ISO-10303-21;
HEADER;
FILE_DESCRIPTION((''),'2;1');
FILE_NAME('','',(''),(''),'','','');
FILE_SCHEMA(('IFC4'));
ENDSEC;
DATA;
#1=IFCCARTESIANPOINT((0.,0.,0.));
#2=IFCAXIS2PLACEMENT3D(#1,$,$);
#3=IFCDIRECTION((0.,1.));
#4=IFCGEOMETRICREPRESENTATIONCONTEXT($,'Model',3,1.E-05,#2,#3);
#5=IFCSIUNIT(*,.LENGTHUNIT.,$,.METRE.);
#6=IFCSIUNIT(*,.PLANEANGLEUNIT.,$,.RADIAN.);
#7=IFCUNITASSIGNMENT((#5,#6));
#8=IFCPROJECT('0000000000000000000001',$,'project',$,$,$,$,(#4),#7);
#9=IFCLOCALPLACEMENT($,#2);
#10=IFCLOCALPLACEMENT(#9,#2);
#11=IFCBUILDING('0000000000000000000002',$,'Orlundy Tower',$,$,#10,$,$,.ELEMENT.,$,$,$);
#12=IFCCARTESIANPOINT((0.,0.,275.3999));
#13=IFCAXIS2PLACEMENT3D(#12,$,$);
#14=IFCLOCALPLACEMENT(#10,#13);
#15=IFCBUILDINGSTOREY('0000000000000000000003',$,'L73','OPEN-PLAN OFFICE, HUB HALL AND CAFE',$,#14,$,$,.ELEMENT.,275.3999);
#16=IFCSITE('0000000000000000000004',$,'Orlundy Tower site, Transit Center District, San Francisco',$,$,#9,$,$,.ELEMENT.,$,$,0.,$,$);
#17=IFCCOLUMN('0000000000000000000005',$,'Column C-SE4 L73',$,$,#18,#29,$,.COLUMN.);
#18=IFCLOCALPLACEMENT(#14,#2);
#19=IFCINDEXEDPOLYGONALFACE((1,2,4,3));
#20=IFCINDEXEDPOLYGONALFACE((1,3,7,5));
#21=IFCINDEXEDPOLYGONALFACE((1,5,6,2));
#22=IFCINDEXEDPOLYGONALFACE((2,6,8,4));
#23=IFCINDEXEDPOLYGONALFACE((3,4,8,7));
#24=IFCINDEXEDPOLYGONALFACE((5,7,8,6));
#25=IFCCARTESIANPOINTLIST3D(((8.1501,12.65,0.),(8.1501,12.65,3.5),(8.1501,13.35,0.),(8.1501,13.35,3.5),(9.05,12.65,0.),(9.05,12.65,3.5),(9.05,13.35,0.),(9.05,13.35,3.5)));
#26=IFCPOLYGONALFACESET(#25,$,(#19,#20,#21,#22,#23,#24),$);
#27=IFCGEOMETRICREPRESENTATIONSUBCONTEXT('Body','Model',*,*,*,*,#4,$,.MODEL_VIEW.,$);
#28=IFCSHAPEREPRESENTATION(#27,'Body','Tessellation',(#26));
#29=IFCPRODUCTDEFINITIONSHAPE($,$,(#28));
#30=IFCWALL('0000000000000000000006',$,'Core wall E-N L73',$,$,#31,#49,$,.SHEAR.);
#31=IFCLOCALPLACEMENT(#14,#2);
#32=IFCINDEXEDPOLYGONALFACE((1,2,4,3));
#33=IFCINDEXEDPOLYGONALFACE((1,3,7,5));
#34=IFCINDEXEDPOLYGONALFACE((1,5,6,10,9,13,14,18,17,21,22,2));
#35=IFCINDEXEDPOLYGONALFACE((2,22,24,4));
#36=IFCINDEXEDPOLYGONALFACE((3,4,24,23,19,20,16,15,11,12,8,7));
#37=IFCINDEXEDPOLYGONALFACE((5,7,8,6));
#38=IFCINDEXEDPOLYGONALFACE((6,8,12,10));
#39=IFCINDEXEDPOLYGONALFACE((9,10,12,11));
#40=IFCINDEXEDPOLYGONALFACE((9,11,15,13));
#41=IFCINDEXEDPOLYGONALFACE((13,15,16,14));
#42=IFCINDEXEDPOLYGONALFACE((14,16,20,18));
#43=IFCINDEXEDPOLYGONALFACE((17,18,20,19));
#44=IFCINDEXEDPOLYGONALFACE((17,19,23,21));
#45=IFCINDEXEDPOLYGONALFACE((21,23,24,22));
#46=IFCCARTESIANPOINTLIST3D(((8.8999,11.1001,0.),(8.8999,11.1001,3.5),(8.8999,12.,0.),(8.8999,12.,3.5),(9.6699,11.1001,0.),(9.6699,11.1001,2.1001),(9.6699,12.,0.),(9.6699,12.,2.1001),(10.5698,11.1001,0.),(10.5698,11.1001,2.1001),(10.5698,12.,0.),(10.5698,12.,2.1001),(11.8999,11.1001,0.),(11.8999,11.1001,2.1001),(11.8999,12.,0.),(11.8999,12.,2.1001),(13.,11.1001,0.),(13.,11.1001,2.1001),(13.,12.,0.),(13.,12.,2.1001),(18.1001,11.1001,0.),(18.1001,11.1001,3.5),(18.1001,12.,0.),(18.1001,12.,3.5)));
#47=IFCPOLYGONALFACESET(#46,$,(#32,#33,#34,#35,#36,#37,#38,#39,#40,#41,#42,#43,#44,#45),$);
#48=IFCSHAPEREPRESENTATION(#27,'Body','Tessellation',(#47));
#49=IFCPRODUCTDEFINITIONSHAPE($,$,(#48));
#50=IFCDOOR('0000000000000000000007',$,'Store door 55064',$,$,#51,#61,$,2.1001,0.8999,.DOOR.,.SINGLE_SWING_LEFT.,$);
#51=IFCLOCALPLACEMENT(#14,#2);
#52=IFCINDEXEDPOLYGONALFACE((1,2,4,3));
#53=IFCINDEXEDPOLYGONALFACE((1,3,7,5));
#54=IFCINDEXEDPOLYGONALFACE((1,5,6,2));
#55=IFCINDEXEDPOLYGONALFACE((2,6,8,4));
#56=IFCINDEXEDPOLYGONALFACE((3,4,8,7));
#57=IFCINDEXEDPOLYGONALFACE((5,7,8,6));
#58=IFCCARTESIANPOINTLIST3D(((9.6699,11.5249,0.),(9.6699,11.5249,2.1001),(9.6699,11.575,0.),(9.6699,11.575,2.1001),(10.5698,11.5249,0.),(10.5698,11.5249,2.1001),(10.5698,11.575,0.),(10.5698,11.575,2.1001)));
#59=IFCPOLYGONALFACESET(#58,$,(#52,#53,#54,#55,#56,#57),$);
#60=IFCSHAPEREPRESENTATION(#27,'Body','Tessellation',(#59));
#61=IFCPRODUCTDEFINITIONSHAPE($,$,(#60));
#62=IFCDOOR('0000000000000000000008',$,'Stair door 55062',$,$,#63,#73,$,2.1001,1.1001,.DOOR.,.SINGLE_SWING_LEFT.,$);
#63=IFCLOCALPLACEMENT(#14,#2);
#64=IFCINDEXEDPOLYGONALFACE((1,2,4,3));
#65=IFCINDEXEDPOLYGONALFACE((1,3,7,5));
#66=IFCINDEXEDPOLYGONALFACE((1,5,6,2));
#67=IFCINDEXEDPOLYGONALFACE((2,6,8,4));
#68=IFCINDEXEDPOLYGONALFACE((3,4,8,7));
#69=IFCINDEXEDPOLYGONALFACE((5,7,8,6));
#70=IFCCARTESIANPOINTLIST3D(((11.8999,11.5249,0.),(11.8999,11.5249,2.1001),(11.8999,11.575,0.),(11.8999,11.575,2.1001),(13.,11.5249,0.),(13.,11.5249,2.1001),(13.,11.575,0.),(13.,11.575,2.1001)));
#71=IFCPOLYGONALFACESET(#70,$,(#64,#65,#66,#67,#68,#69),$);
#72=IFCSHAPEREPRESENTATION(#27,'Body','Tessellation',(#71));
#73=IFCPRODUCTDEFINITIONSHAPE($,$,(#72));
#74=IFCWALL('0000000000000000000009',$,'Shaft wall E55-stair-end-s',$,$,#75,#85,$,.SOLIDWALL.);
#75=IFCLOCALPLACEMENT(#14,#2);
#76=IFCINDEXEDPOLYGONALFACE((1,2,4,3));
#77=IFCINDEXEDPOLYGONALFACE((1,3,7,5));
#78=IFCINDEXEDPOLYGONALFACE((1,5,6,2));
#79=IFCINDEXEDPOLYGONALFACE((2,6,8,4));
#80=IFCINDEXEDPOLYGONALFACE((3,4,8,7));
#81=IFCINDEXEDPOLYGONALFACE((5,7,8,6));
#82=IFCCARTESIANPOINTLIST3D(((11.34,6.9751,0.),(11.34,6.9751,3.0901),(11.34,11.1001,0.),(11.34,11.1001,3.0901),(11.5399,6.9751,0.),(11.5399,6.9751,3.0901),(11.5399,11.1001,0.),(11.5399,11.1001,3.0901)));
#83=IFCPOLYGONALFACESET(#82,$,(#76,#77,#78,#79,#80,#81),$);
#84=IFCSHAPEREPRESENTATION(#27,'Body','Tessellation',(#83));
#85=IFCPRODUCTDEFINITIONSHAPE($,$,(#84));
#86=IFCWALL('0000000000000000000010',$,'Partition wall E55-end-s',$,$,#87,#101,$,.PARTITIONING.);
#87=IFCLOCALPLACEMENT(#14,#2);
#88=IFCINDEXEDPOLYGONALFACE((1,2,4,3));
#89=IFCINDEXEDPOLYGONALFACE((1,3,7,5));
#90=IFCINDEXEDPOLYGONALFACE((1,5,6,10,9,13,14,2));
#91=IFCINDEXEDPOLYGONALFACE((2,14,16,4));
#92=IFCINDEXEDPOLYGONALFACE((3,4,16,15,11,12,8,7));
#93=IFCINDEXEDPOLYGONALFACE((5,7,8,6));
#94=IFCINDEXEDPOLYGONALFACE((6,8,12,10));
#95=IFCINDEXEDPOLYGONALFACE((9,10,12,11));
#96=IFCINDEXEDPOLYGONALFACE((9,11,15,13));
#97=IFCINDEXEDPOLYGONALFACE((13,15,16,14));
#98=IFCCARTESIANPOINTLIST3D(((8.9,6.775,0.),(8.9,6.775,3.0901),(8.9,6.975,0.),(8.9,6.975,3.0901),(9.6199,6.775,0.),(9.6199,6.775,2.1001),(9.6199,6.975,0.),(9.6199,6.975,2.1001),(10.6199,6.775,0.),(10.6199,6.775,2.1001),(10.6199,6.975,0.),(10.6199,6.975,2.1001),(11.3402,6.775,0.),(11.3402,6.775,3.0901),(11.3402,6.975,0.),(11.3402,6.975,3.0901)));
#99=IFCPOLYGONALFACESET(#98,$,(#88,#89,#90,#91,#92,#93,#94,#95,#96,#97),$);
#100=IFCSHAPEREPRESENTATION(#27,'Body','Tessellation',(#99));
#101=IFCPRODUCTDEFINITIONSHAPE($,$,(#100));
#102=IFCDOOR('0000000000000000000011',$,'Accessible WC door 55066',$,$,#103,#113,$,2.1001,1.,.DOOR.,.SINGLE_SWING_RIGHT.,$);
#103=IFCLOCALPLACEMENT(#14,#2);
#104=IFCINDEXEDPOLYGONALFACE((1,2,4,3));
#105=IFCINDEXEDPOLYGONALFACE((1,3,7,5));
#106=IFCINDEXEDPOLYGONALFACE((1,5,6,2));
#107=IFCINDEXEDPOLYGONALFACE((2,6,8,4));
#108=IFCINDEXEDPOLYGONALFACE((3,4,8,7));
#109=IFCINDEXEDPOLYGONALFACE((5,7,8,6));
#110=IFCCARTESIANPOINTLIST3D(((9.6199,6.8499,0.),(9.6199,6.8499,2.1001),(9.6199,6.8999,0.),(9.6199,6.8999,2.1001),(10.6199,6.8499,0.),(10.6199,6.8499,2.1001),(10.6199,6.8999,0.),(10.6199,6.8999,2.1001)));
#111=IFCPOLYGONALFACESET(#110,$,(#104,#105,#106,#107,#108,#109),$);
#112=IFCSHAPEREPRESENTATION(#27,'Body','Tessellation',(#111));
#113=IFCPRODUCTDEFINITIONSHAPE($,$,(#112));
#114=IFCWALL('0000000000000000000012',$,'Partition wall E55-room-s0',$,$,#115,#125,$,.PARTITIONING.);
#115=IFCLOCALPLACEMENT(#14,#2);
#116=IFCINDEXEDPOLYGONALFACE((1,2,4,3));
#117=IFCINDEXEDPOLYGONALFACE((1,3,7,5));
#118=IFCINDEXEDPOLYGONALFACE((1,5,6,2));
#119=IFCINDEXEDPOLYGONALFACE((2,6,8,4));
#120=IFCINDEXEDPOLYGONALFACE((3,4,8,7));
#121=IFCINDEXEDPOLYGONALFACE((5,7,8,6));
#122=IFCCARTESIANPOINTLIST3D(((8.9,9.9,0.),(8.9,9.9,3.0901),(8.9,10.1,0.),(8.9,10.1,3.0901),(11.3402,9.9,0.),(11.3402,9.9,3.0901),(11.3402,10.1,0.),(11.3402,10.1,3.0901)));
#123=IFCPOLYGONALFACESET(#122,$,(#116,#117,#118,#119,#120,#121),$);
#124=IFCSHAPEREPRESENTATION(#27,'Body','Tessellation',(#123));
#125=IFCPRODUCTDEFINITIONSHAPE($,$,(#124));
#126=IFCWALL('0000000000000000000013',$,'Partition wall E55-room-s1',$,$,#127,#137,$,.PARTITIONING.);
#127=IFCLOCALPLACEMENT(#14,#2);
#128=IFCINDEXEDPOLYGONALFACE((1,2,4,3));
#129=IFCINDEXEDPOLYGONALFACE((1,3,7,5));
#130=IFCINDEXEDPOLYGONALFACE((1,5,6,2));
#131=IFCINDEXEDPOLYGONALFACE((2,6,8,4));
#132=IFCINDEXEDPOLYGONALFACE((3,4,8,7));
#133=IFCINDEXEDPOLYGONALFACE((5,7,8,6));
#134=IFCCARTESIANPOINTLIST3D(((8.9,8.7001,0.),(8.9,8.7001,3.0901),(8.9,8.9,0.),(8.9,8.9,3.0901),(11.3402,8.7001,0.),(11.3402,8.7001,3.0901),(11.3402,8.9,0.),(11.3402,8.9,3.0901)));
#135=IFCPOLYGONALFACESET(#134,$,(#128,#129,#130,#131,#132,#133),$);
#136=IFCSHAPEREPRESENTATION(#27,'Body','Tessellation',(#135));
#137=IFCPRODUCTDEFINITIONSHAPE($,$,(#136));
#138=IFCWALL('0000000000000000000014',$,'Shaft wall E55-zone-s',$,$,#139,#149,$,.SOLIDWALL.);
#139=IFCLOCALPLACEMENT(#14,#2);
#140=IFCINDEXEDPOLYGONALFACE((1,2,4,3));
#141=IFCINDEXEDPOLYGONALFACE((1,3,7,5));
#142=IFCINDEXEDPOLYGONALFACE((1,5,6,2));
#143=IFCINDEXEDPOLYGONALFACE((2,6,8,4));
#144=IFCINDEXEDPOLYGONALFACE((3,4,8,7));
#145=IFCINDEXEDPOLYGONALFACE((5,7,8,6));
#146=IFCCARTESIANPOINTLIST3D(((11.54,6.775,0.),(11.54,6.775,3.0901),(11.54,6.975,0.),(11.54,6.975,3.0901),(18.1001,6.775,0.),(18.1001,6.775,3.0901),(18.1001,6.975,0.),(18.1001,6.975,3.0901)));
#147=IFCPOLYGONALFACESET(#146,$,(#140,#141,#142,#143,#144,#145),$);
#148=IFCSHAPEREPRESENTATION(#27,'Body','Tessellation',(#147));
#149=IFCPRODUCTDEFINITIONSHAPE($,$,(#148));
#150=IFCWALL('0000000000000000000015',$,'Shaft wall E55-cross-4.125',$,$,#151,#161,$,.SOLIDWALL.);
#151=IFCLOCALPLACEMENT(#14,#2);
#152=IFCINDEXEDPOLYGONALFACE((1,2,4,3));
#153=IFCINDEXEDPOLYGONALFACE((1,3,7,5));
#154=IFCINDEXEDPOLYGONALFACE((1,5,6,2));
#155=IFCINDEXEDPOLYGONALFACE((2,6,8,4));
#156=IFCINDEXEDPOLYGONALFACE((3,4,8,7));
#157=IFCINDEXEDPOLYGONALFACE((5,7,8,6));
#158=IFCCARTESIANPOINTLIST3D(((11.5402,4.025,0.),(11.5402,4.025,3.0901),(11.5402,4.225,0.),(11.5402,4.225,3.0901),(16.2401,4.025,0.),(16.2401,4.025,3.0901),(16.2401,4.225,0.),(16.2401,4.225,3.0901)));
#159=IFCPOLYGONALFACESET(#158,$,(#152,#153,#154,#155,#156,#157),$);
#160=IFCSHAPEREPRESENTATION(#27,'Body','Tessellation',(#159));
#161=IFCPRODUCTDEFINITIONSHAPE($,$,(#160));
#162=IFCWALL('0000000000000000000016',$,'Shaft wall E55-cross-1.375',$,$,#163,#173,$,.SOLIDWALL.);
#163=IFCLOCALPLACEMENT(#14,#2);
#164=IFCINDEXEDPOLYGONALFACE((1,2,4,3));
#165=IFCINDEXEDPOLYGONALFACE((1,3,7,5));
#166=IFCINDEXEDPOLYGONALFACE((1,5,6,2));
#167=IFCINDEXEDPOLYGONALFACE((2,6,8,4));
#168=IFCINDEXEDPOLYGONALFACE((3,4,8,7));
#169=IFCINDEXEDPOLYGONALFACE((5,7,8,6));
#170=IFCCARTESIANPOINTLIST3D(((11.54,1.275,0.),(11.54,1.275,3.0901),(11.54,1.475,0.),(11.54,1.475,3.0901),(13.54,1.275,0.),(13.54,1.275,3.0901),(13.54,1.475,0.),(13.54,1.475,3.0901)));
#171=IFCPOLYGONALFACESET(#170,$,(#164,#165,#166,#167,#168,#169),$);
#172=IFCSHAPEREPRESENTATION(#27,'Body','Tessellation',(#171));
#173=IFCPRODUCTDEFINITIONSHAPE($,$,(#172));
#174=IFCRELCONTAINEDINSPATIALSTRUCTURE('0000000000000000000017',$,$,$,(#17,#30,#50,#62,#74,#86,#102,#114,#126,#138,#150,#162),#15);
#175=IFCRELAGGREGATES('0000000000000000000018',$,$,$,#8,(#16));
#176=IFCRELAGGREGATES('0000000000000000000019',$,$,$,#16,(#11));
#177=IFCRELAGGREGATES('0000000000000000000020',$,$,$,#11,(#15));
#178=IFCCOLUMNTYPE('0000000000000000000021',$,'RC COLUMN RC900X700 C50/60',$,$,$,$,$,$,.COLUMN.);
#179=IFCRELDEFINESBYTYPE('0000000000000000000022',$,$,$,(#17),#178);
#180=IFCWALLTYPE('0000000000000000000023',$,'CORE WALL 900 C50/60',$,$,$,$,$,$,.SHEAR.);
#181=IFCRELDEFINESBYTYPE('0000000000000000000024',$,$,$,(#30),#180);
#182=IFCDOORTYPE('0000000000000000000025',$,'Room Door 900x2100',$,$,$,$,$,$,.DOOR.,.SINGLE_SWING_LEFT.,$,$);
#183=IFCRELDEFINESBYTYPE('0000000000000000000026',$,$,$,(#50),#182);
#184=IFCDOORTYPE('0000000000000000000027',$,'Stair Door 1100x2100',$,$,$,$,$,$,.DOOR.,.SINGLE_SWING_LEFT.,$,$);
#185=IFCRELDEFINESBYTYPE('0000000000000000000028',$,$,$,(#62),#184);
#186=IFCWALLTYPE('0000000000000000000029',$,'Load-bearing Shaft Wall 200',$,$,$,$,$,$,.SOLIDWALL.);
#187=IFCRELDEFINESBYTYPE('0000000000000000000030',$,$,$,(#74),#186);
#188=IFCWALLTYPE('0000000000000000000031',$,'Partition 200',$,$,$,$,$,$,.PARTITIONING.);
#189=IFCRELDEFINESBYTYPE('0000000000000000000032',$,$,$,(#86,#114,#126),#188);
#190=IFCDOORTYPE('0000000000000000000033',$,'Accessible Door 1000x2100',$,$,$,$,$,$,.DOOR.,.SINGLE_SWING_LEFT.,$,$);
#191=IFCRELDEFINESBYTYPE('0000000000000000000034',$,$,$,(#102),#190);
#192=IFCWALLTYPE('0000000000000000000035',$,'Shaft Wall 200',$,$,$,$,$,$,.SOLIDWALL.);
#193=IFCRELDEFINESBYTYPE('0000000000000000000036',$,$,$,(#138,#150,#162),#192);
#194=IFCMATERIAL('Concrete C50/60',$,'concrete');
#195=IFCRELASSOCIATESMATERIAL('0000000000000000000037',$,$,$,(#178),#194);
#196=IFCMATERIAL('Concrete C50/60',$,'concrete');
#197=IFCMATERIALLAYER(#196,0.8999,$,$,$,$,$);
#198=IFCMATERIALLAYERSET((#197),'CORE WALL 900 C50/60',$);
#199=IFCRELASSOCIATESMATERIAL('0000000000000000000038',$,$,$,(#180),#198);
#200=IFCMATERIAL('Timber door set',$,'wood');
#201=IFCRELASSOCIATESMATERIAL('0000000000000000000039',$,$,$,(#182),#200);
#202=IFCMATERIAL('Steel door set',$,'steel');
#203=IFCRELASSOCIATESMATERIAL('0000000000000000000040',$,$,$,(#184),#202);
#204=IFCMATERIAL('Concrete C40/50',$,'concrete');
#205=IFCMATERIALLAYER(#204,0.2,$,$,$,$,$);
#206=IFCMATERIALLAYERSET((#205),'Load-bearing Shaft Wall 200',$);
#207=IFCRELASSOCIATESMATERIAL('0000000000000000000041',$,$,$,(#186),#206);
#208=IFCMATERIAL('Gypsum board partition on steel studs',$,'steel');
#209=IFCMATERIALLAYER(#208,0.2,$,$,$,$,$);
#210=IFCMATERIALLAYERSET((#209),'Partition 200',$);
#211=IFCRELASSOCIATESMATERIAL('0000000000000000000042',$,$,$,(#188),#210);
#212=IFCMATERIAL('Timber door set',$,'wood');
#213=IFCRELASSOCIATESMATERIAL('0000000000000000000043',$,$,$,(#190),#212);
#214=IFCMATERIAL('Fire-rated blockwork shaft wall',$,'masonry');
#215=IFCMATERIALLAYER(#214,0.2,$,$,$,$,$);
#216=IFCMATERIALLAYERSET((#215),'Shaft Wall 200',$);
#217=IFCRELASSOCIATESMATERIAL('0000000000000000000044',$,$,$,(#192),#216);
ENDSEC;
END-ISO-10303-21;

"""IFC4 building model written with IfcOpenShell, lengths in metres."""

from ifc_helpers import new_model, si_unit, direction, frame, frame_2d, origin, origin_2d, place, context, subcontext, project, spatial, rectangle, extrude, material, layer, layer_set, material_profile, profile_set, type_object, element, fill, save


model = new_model("IFC4")

# Units and contexts
model_context = context("Model", 3, precision=1e-05, world=origin(), true_north=direction((0.0, 1.0)))
body_context = subcontext(model_context, "Body", "Model", "MODEL_VIEW")
ifc_project = project(units=[si_unit("LENGTHUNIT", "METRE"), si_unit("PLANEANGLEUNIT", "RADIAN")], contexts=[model_context])

# Site, building, storey
site_placement = place(None, origin())
site = spatial("IfcSite", under=ifc_project, at=site_placement, Name="Orlundy Tower site, Transit Center District, San Francisco", CompositionType="ELEMENT", RefElevation=0.0)
building_placement = place(site_placement, origin())
building = spatial("IfcBuilding", under=site, at=building_placement, Name="Orlundy Tower", CompositionType="ELEMENT")
storey_placement = place(building_placement, frame((0.0, 0.0, 275.3999)))
storey = spatial("IfcBuildingStorey", under=building, at=storey_placement, Name="L73", Description="OPEN-PLAN OFFICE, HUB HALL AND CAFE", CompositionType="ELEMENT", Elevation=275.3999)

# Column
ifc_material_1 = material(Name="Concrete C50/60", Category="concrete")
ifc_material_profile = material_profile(ifc_material_1, rectangle(XDim=0.8999, YDim=0.7, at=origin_2d()), Name="RC900X700")
ifc_profile_set = profile_set([ifc_material_profile], Name="Concrete C50/60")
column_type = type_object("IfcColumnType", Name="RC COLUMN RC900X700 C50/60", PredefinedType="COLUMN", material=ifc_profile_set)
column_placement = place(storey_placement, frame((8.6001, 13.0, 0.0), z_axis=(0.0, 0.0, 1.0), x_axis=(1.0, 0.0, 0.0)))
element("IfcColumn", 1, at=column_placement, inside=storey, type_object=column_type, Name="Column C-SE4 L73", PredefinedType="COLUMN", context=body_context, shape_type="SweptSolid", body=[
    extrude(rectangle(XDim=0.8999, YDim=0.7, at=origin_2d()), origin(), (0.0, 0.0, 1.0), 3.5),
])

# Wall, openings, doors
ifc_material_2 = material(Name="Concrete C50/60", Category="concrete")
ifc_layer_1 = layer(ifc_material_2, 0.8999)
ifc_layer_set_1 = layer_set([ifc_layer_1], Name="CORE WALL 900 C50/60")
wall_type_1 = type_object("IfcWallType", Name="CORE WALL 900 C50/60", PredefinedType="SHEAR", material=ifc_layer_set_1)
wall_1_placement = place(storey_placement, frame((8.8999, 11.55, 0.0), z_axis=(0.0, 0.0, 1.0), x_axis=(1.0, 0.0, 0.0)))
wall_1 = element("IfcWall", 2, at=wall_1_placement, inside=storey, type_object=wall_type_1, Name="Core wall E-N L73", PredefinedType="SHEAR", context=body_context, shape_type="SweptSolid", body=[
    extrude(rectangle(XDim=9.2002, YDim=0.8999, at=frame_2d((4.6001, 0.0))), origin(), (0.0, 0.0, 1.0), 3.5),
])
opening_1_placement = place(wall_1_placement, frame((3.0, 0.0, 0.0)))
opening_1 = element("IfcOpeningElement", 3, at=opening_1_placement, cuts=wall_1, PredefinedType="OPENING", context=body_context, shape_type="SweptSolid", body=[
    extrude(rectangle(XDim=1.1001, YDim=2.1001, at=frame_2d((0.55, 1.05))), frame((0.0, 0.46, 0.0), z_axis=(0.0, -1.0, 0.0), x_axis=(1.0, 0.0, 0.0)), (0.0, 0.0, 1.0), 0.9199),
])
opening_2_placement = place(wall_1_placement, frame((0.77, 0.0, 0.0)))
opening_2 = element("IfcOpeningElement", 4, at=opening_2_placement, cuts=wall_1, PredefinedType="OPENING", context=body_context, shape_type="SweptSolid", body=[
    extrude(rectangle(XDim=0.8999, YDim=2.1001, at=frame_2d((0.45, 1.05))), frame((0.0, 0.46, 0.0), z_axis=(0.0, -1.0, 0.0), x_axis=(1.0, 0.0, 0.0)), (0.0, 0.0, 1.0), 0.9199),
])
ifc_material_3 = material(Name="Timber door set", Category="wood")
door_type_1 = type_object("IfcDoorType", Name="Room Door 900x2100", OperationType="SINGLE_SWING_LEFT", PredefinedType="DOOR", material=ifc_material_3)
door_1_placement = place(opening_2_placement, origin())
door_1 = element("IfcDoor", 5, at=door_1_placement, inside=storey, type_object=door_type_1, Name="Store door 55064", OperationType="SINGLE_SWING_LEFT", OverallHeight=2.1001, OverallWidth=0.8999, PredefinedType="DOOR", context=body_context, shape_type="SweptSolid", body=[
    extrude(rectangle(XDim=0.8999, YDim=2.1001, at=frame_2d((0.45, 1.05))), frame((0.0, 0.0249, 0.0), z_axis=(0.0, -1.0, 0.0), x_axis=(1.0, 0.0, 0.0)), (0.0, 0.0, 1.0), 0.05),
])
fill(opening_2, door_1)
ifc_material_4 = material(Name="Steel door set", Category="steel")
door_type_2 = type_object("IfcDoorType", Name="Stair Door 1100x2100", OperationType="SINGLE_SWING_LEFT", PredefinedType="DOOR", material=ifc_material_4)
door_2_placement = place(opening_1_placement, origin())
door_2 = element("IfcDoor", 6, at=door_2_placement, inside=storey, type_object=door_type_2, Name="Stair door 55062", OperationType="SINGLE_SWING_LEFT", OverallHeight=2.1001, OverallWidth=1.1001, PredefinedType="DOOR", context=body_context, shape_type="SweptSolid", body=[
    extrude(rectangle(XDim=1.1001, YDim=2.1001, at=frame_2d((0.55, 1.05))), frame((0.0, 0.0249, 0.0), z_axis=(0.0, -1.0, 0.0), x_axis=(1.0, 0.0, 0.0)), (0.0, 0.0, 1.0), 0.05),
])
fill(opening_1, door_2)

# Wall
ifc_material_5 = material(Name="Concrete C40/50", Category="concrete")
ifc_layer_2 = layer(ifc_material_5, 0.2)
ifc_layer_set_2 = layer_set([ifc_layer_2], Name="Load-bearing Shaft Wall 200")
wall_type_2 = type_object("IfcWallType", Name="Load-bearing Shaft Wall 200", PredefinedType="SOLIDWALL", material=ifc_layer_set_2)
wall_2_placement = place(storey_placement, frame((11.4399, 11.1001, 0.0), z_axis=(0.0, 0.0, 1.0), x_axis=(0.0, -1.0, 0.0)))
element("IfcWall", 7, at=wall_2_placement, inside=storey, type_object=wall_type_2, Name="Shaft wall E55-stair-end-s", PredefinedType="SOLIDWALL", context=body_context, shape_type="SweptSolid", body=[
    extrude(rectangle(XDim=4.125, YDim=0.2, at=frame_2d((2.0625, 0.0))), origin(), (0.0, 0.0, 1.0), 3.0901),
])

# Wall, opening, door
ifc_material_6 = material(Name="Gypsum board partition on steel studs", Category="steel")
ifc_layer_3 = layer(ifc_material_6, 0.2)
ifc_layer_set_3 = layer_set([ifc_layer_3], Name="Partition 200")
wall_type_3 = type_object("IfcWallType", Name="Partition 200", PredefinedType="PARTITIONING", material=ifc_layer_set_3)
wall_3_placement = place(storey_placement, frame((8.8999, 6.875, 0.0), z_axis=(0.0, 0.0, 1.0), x_axis=(1.0, 0.0, 0.0)))
wall_3 = element("IfcWall", 8, at=wall_3_placement, inside=storey, type_object=wall_type_3, Name="Partition wall E55-end-s", PredefinedType="PARTITIONING", context=body_context, shape_type="SweptSolid", body=[
    extrude(rectangle(XDim=2.4402, YDim=0.2, at=frame_2d((1.2202, 0.0))), origin(), (0.0, 0.0, 1.0), 3.0901),
])
opening_3_placement = place(wall_3_placement, frame((0.72, 0.0, 0.0)))
opening_3 = element("IfcOpeningElement", 9, at=opening_3_placement, cuts=wall_3, PredefinedType="OPENING", context=body_context, shape_type="SweptSolid", body=[
    extrude(rectangle(XDim=1.0, YDim=2.1001, at=frame_2d((0.5, 1.05))), frame((0.0, 0.1101, 0.0), z_axis=(0.0, -1.0, 0.0), x_axis=(1.0, 0.0, 0.0)), (0.0, 0.0, 1.0), 0.2202),
])
ifc_material_7 = material(Name="Timber door set", Category="wood")
door_type_3 = type_object("IfcDoorType", Name="Accessible Door 1000x2100", OperationType="SINGLE_SWING_LEFT", PredefinedType="DOOR", material=ifc_material_7)
door_3_placement = place(opening_3_placement, origin())
door_3 = element("IfcDoor", 10, at=door_3_placement, inside=storey, type_object=door_type_3, Name="Accessible WC door 55066", OperationType="SINGLE_SWING_RIGHT", OverallHeight=2.1001, OverallWidth=1.0, PredefinedType="DOOR", context=body_context, shape_type="SweptSolid", body=[
    extrude(rectangle(XDim=1.0, YDim=2.1001, at=frame_2d((0.5, 1.05))), frame((0.0, 0.0249, 0.0), z_axis=(0.0, -1.0, 0.0), x_axis=(1.0, 0.0, 0.0)), (0.0, 0.0, 1.0), 0.05),
])
fill(opening_3, door_3)

# Walls
for number, where, z_axis, x_axis, name in (
    (11, (8.8999, 10.0, 0.0), (0.0, 0.0, 1.0), (1.0, 0.0, 0.0), "Partition wall E55-room-s0"),
    (12, (8.8999, 8.8, 0.0), (0.0, 0.0, 1.0), (1.0, 0.0, 0.0), "Partition wall E55-room-s1"),
):
    element("IfcWall", number, at=place(storey_placement, frame(where, z_axis=z_axis, x_axis=x_axis)), inside=storey, type_object=wall_type_3, Name=name, PredefinedType="PARTITIONING", context=body_context, shape_type="SweptSolid", body=[
        extrude(rectangle(XDim=2.4402, YDim=0.2, at=frame_2d((1.2202, 0.0))), origin(), (0.0, 0.0, 1.0), 3.0901),
    ])
ifc_material_8 = material(Name="Fire-rated blockwork shaft wall", Category="masonry")
ifc_layer_4 = layer(ifc_material_8, 0.2)
ifc_layer_set_4 = layer_set([ifc_layer_4], Name="Shaft Wall 200")
wall_type_4 = type_object("IfcWallType", Name="Shaft Wall 200", PredefinedType="SOLIDWALL", material=ifc_layer_set_4)
wall_4_placement = place(storey_placement, frame((11.54, 6.875, 0.0), z_axis=(0.0, 0.0, 1.0), x_axis=(1.0, 0.0, 0.0)))
element("IfcWall", 13, at=wall_4_placement, inside=storey, type_object=wall_type_4, Name="Shaft wall E55-zone-s", PredefinedType="SOLIDWALL", context=body_context, shape_type="SweptSolid", body=[
    extrude(rectangle(XDim=6.5601, YDim=0.2, at=frame_2d((3.28, 0.0))), origin(), (0.0, 0.0, 1.0), 3.0901),
])
wall_5_placement = place(storey_placement, frame((11.54, 4.125, 0.0), z_axis=(0.0, 0.0, 1.0), x_axis=(1.0, 0.0, 0.0)))
element("IfcWall", 14, at=wall_5_placement, inside=storey, type_object=wall_type_4, Name="Shaft wall E55-cross-4.125", PredefinedType="SOLIDWALL", context=body_context, shape_type="SweptSolid", body=[
    extrude(rectangle(XDim=4.7, YDim=0.2, at=frame_2d((2.3501, 0.0))), origin(), (0.0, 0.0, 1.0), 3.0901),
])
wall_6_placement = place(storey_placement, frame((11.54, 1.375, 0.0), z_axis=(0.0, 0.0, 1.0), x_axis=(1.0, 0.0, 0.0)))
element("IfcWall", 15, at=wall_6_placement, inside=storey, type_object=wall_type_4, Name="Shaft wall E55-cross-1.375", PredefinedType="SOLIDWALL", context=body_context, shape_type="SweptSolid", body=[
    extrude(rectangle(XDim=2.0, YDim=0.2, at=frame_2d((1.0, 0.0))), origin(), (0.0, 0.0, 1.0), 3.0901),
])

save(model, "model.ifc")
